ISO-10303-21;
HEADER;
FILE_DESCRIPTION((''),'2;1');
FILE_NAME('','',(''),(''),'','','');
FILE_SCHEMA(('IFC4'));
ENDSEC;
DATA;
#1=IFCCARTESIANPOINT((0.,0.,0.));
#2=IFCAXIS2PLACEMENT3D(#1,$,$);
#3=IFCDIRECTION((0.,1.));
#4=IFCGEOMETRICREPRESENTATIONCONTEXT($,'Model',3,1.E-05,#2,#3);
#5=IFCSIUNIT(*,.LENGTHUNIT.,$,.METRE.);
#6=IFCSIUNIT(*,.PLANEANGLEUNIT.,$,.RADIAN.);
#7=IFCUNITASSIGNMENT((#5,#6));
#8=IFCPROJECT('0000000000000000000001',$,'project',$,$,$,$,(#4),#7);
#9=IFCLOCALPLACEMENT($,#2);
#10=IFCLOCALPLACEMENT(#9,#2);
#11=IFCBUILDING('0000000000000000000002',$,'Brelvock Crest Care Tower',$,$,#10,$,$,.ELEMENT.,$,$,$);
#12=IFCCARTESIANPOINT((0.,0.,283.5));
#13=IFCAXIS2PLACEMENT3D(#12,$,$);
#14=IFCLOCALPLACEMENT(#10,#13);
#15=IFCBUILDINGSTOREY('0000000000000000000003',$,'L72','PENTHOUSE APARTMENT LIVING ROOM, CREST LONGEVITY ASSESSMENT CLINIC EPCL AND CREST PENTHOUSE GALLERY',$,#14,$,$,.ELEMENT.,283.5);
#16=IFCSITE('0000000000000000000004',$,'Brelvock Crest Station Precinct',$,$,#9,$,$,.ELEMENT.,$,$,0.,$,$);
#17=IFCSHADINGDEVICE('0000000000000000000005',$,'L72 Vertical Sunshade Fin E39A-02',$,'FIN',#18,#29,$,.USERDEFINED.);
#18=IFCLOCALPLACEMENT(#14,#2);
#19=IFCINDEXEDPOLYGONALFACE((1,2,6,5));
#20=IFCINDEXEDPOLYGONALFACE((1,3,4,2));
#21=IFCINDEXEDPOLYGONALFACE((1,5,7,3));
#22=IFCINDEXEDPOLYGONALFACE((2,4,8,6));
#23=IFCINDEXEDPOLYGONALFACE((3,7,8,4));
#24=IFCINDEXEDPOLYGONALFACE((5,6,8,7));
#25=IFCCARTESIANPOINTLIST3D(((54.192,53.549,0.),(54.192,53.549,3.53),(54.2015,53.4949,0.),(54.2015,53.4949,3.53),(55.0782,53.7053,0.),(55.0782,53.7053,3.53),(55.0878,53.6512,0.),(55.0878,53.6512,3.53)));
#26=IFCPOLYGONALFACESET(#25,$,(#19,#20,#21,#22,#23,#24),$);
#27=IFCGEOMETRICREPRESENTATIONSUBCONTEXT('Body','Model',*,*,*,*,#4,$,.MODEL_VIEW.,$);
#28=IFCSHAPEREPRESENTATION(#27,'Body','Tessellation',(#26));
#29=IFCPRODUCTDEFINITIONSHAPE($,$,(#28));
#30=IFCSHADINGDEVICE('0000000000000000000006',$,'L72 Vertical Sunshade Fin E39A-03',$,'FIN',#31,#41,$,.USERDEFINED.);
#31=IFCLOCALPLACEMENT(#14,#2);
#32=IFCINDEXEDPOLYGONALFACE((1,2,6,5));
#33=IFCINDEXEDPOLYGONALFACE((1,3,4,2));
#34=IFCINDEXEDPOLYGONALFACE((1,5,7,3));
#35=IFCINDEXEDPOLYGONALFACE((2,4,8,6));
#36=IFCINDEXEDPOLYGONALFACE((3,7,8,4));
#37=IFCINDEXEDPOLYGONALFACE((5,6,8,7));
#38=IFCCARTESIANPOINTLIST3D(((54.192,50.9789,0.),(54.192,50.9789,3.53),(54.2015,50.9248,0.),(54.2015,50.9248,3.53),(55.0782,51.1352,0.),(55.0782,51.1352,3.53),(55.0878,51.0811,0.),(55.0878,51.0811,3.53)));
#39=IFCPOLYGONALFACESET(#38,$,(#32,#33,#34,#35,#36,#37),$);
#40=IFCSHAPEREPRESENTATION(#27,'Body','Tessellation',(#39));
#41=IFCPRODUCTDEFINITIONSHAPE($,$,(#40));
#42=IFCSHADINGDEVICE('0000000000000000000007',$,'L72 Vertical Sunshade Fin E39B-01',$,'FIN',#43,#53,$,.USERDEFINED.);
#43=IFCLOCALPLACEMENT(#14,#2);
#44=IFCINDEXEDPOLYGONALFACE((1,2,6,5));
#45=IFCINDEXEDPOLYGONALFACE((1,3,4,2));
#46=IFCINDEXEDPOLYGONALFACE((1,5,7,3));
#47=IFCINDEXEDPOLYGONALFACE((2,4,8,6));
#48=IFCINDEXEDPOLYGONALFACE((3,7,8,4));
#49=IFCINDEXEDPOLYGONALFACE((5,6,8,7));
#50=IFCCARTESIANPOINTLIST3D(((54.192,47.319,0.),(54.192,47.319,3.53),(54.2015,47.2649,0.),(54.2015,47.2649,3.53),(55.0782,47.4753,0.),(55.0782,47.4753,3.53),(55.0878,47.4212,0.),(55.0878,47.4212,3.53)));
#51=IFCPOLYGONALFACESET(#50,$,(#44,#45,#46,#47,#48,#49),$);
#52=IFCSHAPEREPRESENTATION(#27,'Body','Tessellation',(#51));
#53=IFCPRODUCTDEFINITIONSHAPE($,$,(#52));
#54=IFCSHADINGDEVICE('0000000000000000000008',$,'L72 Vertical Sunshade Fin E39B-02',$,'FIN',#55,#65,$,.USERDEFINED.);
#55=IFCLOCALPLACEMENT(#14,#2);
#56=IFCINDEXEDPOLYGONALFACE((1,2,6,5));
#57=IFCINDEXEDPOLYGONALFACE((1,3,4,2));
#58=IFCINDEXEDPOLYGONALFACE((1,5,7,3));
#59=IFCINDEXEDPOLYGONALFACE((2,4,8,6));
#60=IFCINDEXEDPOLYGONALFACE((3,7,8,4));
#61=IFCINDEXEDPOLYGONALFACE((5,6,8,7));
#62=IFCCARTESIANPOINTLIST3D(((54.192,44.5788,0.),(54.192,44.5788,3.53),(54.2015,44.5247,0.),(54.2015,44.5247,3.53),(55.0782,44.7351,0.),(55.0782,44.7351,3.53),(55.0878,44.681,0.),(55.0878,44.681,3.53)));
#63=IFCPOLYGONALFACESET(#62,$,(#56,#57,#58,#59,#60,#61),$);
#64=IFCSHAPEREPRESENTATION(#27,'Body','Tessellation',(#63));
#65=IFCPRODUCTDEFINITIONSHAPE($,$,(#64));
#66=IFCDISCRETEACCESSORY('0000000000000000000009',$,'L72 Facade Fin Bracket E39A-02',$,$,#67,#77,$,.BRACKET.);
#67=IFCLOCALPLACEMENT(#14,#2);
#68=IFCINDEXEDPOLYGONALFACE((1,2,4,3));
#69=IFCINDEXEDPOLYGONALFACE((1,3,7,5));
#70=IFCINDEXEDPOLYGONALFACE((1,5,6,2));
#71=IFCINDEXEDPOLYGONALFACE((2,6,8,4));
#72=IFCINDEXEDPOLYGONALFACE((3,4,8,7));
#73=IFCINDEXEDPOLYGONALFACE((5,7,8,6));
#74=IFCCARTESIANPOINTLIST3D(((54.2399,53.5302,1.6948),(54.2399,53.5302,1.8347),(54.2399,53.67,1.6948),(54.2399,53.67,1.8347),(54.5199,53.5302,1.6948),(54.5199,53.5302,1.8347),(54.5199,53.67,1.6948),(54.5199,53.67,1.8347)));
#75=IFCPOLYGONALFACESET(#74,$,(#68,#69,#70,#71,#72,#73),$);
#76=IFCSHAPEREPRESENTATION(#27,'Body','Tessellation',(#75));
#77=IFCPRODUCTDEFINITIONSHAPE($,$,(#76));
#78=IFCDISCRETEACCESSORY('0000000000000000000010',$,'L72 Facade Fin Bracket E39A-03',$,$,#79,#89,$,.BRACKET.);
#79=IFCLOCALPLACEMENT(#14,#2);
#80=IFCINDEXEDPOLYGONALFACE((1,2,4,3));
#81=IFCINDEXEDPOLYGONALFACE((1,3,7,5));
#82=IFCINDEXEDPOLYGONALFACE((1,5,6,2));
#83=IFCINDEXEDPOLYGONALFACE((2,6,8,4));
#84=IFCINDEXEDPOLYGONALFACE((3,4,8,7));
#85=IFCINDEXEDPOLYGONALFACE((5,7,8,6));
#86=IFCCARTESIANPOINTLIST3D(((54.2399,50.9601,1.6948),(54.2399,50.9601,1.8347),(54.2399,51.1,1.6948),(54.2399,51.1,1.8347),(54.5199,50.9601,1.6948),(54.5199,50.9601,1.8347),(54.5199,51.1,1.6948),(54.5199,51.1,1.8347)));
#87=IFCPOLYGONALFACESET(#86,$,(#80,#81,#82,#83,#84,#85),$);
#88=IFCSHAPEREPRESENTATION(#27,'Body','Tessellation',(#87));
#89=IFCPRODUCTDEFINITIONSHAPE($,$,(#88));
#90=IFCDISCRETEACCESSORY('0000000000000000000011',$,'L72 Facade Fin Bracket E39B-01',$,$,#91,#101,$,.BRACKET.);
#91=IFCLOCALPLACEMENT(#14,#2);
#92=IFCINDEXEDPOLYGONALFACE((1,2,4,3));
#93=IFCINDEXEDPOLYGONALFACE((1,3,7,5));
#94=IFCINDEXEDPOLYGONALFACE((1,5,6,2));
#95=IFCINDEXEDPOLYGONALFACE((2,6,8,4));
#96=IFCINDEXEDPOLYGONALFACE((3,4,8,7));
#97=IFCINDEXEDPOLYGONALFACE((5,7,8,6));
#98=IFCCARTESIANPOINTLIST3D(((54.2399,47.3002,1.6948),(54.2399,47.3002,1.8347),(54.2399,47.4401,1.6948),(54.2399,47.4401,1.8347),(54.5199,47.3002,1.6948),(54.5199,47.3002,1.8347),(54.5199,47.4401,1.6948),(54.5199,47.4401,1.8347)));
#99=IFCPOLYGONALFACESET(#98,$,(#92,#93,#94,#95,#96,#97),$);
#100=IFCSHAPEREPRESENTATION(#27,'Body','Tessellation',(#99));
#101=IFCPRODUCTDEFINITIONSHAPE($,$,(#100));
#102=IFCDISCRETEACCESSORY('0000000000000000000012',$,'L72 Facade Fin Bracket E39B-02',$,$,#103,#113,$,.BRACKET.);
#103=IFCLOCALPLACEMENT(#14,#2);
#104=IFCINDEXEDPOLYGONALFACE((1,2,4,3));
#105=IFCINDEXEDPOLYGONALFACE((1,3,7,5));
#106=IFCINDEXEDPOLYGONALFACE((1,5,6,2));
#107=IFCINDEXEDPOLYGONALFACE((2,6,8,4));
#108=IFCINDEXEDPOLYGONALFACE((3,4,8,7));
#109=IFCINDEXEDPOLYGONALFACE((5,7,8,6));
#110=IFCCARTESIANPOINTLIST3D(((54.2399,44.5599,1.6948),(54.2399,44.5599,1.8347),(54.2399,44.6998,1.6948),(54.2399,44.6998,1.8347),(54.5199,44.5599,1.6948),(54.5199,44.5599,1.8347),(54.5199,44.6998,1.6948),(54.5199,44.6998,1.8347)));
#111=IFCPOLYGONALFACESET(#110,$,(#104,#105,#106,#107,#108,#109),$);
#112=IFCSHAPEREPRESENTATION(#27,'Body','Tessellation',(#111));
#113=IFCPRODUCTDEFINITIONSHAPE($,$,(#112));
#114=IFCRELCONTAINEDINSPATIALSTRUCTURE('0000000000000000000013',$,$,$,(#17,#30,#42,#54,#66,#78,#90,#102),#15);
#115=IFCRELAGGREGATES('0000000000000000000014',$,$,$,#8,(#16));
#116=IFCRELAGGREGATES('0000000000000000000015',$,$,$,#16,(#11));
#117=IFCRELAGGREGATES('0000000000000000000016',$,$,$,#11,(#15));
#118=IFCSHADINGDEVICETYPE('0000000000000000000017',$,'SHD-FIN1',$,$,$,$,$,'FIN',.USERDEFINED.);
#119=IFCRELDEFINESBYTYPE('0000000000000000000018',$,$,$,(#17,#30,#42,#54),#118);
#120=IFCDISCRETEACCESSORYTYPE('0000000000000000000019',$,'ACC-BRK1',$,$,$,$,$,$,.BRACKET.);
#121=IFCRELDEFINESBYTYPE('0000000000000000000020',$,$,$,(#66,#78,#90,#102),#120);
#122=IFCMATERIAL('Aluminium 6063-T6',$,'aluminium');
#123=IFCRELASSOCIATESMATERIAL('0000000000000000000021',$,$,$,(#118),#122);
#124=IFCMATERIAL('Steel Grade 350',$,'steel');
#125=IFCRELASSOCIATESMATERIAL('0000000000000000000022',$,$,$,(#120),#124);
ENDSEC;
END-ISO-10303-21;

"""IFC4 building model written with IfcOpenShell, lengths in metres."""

from ifc_helpers import new_model, si_unit, direction, frame, origin, origin_2d, place, context, subcontext, project, spatial, rectangle, extrude, source, transform, mapped, material, material_profile, profile_set, type_object, element, save


model = new_model("IFC4")

# Units and contexts
model_context = context("Model", 3, precision=1e-05, world=origin(), true_north=direction((0.0, 1.0)))
body_context = subcontext(model_context, "Body", "Model", "MODEL_VIEW")
ifc_project = project(units=[si_unit("LENGTHUNIT", "METRE"), si_unit("PLANEANGLEUNIT", "RADIAN")], contexts=[model_context])

# Site, building, storey
site_placement = place(None, origin())
site = spatial("IfcSite", under=ifc_project, at=site_placement, Name="Brelvock Crest Station Precinct", CompositionType="ELEMENT", RefElevation=0.0)
building_placement = place(site_placement, origin())
building = spatial("IfcBuilding", under=site, at=building_placement, Name="Brelvock Crest Care Tower", CompositionType="ELEMENT")
storey_placement = place(building_placement, frame((0.0, 0.0, 283.5)))
storey = spatial("IfcBuildingStorey", under=building, at=storey_placement, Name="L72", Description="PENTHOUSE APARTMENT LIVING ROOM, CREST LONGEVITY ASSESSMENT CLINIC EPCL AND CREST PENTHOUSE GALLERY", CompositionType="ELEMENT", Elevation=283.5)

# Shared definitions
ifc_material_1 = material(Name="Steel Grade 350", Category="steel")

# Shared definitions
ifc_material_2 = material(Name="Aluminium 6063-T6", Category="aluminium")

# Shading devices
ifc_material_profile_1 = material_profile(ifc_material_2, rectangle(XDim=0.0549, YDim=0.8999, at=origin_2d()), Name="FIN55x900")
ifc_profile_set_1 = profile_set([ifc_material_profile_1], Name="Aluminium 6063-T6")
shading_device_type = type_object("IfcShadingDeviceType", Name="SHD-FIN1", ElementType="FIN", PredefinedType="USERDEFINED", material=ifc_profile_set_1)
shared_shape_1 = source(origin(), body_context, "Body", "SweptSolid", [
    extrude(rectangle(XDim=0.0549, YDim=0.8999, at=origin_2d()), origin(), (0.0, 0.0, 1.0), 3.53),
])
for number, where, z_axis, x_axis, name in (
    (1, (54.6399, 53.6001, 0.0), (0.0, 0.0, 1.0), (0.173648, -0.984808, 0.0), "L72 Vertical Sunshade Fin E39A-02"),
    (2, (54.6399, 51.03, 0.0), (0.0, 0.0, 1.0), (0.173648, -0.984808, 0.0), "L72 Vertical Sunshade Fin E39A-03"),
    (3, (54.6399, 47.3701, 0.0), (0.0, 0.0, 1.0), (0.173648, -0.984808, 0.0), "L72 Vertical Sunshade Fin E39B-01"),
    (4, (54.6399, 44.6299, 0.0), (0.0, 0.0, 1.0), (0.173648, -0.984808, 0.0), "L72 Vertical Sunshade Fin E39B-02"),
):
    element("IfcShadingDevice", number, at=place(storey_placement, frame(where, z_axis=z_axis, x_axis=x_axis)), inside=storey, type_object=shading_device_type, Name=name, ObjectType="FIN", PredefinedType="USERDEFINED", context=body_context, shape_type="MappedRepresentation", body=[
        mapped(shared_shape_1, transform((0.0, 0.0, 0.0), x_axis=(1.0, 0.0, 0.0), y_axis=(0.0, 1.0, 0.0), z_axis=(0.0, 0.0, 1.0), scale=1.0)),
    ])

# Discrete accessories
discrete_accessory_type = type_object("IfcDiscreteAccessoryType", Name="ACC-BRK1", PredefinedType="BRACKET", material=ifc_material_1)
shared_shape_2 = source(origin(), body_context, "Body", "SweptSolid", [
    extrude(rectangle(XDim=0.28, YDim=0.1399, at=origin_2d()), origin(), (0.0, 0.0, 1.0), 0.1399),
])
for number, where, z_axis, x_axis, name in (
    (5, (54.3799, 53.6001, 1.6948), (0.0, 0.0, 1.0), (1.0, 0.0, 0.0), "L72 Facade Fin Bracket E39A-02"),
    (6, (54.3799, 51.03, 1.6948), (0.0, 0.0, 1.0), (1.0, 0.0, 0.0), "L72 Facade Fin Bracket E39A-03"),
    (7, (54.3799, 47.3701, 1.6948), (0.0, 0.0, 1.0), (1.0, 0.0, 0.0), "L72 Facade Fin Bracket E39B-01"),
    (8, (54.3799, 44.6299, 1.6948), (0.0, 0.0, 1.0), (1.0, 0.0, 0.0), "L72 Facade Fin Bracket E39B-02"),
):
    element("IfcDiscreteAccessory", number, at=place(storey_placement, frame(where, z_axis=z_axis, x_axis=x_axis)), inside=storey, type_object=discrete_accessory_type, Name=name, PredefinedType="BRACKET", context=body_context, shape_type="MappedRepresentation", body=[
        mapped(shared_shape_2, transform((0.0, 0.0, 0.0), x_axis=(1.0, 0.0, 0.0), y_axis=(0.0, 1.0, 0.0), z_axis=(0.0, 0.0, 1.0), scale=1.0)),
    ])

save(model, "model.ifc")
